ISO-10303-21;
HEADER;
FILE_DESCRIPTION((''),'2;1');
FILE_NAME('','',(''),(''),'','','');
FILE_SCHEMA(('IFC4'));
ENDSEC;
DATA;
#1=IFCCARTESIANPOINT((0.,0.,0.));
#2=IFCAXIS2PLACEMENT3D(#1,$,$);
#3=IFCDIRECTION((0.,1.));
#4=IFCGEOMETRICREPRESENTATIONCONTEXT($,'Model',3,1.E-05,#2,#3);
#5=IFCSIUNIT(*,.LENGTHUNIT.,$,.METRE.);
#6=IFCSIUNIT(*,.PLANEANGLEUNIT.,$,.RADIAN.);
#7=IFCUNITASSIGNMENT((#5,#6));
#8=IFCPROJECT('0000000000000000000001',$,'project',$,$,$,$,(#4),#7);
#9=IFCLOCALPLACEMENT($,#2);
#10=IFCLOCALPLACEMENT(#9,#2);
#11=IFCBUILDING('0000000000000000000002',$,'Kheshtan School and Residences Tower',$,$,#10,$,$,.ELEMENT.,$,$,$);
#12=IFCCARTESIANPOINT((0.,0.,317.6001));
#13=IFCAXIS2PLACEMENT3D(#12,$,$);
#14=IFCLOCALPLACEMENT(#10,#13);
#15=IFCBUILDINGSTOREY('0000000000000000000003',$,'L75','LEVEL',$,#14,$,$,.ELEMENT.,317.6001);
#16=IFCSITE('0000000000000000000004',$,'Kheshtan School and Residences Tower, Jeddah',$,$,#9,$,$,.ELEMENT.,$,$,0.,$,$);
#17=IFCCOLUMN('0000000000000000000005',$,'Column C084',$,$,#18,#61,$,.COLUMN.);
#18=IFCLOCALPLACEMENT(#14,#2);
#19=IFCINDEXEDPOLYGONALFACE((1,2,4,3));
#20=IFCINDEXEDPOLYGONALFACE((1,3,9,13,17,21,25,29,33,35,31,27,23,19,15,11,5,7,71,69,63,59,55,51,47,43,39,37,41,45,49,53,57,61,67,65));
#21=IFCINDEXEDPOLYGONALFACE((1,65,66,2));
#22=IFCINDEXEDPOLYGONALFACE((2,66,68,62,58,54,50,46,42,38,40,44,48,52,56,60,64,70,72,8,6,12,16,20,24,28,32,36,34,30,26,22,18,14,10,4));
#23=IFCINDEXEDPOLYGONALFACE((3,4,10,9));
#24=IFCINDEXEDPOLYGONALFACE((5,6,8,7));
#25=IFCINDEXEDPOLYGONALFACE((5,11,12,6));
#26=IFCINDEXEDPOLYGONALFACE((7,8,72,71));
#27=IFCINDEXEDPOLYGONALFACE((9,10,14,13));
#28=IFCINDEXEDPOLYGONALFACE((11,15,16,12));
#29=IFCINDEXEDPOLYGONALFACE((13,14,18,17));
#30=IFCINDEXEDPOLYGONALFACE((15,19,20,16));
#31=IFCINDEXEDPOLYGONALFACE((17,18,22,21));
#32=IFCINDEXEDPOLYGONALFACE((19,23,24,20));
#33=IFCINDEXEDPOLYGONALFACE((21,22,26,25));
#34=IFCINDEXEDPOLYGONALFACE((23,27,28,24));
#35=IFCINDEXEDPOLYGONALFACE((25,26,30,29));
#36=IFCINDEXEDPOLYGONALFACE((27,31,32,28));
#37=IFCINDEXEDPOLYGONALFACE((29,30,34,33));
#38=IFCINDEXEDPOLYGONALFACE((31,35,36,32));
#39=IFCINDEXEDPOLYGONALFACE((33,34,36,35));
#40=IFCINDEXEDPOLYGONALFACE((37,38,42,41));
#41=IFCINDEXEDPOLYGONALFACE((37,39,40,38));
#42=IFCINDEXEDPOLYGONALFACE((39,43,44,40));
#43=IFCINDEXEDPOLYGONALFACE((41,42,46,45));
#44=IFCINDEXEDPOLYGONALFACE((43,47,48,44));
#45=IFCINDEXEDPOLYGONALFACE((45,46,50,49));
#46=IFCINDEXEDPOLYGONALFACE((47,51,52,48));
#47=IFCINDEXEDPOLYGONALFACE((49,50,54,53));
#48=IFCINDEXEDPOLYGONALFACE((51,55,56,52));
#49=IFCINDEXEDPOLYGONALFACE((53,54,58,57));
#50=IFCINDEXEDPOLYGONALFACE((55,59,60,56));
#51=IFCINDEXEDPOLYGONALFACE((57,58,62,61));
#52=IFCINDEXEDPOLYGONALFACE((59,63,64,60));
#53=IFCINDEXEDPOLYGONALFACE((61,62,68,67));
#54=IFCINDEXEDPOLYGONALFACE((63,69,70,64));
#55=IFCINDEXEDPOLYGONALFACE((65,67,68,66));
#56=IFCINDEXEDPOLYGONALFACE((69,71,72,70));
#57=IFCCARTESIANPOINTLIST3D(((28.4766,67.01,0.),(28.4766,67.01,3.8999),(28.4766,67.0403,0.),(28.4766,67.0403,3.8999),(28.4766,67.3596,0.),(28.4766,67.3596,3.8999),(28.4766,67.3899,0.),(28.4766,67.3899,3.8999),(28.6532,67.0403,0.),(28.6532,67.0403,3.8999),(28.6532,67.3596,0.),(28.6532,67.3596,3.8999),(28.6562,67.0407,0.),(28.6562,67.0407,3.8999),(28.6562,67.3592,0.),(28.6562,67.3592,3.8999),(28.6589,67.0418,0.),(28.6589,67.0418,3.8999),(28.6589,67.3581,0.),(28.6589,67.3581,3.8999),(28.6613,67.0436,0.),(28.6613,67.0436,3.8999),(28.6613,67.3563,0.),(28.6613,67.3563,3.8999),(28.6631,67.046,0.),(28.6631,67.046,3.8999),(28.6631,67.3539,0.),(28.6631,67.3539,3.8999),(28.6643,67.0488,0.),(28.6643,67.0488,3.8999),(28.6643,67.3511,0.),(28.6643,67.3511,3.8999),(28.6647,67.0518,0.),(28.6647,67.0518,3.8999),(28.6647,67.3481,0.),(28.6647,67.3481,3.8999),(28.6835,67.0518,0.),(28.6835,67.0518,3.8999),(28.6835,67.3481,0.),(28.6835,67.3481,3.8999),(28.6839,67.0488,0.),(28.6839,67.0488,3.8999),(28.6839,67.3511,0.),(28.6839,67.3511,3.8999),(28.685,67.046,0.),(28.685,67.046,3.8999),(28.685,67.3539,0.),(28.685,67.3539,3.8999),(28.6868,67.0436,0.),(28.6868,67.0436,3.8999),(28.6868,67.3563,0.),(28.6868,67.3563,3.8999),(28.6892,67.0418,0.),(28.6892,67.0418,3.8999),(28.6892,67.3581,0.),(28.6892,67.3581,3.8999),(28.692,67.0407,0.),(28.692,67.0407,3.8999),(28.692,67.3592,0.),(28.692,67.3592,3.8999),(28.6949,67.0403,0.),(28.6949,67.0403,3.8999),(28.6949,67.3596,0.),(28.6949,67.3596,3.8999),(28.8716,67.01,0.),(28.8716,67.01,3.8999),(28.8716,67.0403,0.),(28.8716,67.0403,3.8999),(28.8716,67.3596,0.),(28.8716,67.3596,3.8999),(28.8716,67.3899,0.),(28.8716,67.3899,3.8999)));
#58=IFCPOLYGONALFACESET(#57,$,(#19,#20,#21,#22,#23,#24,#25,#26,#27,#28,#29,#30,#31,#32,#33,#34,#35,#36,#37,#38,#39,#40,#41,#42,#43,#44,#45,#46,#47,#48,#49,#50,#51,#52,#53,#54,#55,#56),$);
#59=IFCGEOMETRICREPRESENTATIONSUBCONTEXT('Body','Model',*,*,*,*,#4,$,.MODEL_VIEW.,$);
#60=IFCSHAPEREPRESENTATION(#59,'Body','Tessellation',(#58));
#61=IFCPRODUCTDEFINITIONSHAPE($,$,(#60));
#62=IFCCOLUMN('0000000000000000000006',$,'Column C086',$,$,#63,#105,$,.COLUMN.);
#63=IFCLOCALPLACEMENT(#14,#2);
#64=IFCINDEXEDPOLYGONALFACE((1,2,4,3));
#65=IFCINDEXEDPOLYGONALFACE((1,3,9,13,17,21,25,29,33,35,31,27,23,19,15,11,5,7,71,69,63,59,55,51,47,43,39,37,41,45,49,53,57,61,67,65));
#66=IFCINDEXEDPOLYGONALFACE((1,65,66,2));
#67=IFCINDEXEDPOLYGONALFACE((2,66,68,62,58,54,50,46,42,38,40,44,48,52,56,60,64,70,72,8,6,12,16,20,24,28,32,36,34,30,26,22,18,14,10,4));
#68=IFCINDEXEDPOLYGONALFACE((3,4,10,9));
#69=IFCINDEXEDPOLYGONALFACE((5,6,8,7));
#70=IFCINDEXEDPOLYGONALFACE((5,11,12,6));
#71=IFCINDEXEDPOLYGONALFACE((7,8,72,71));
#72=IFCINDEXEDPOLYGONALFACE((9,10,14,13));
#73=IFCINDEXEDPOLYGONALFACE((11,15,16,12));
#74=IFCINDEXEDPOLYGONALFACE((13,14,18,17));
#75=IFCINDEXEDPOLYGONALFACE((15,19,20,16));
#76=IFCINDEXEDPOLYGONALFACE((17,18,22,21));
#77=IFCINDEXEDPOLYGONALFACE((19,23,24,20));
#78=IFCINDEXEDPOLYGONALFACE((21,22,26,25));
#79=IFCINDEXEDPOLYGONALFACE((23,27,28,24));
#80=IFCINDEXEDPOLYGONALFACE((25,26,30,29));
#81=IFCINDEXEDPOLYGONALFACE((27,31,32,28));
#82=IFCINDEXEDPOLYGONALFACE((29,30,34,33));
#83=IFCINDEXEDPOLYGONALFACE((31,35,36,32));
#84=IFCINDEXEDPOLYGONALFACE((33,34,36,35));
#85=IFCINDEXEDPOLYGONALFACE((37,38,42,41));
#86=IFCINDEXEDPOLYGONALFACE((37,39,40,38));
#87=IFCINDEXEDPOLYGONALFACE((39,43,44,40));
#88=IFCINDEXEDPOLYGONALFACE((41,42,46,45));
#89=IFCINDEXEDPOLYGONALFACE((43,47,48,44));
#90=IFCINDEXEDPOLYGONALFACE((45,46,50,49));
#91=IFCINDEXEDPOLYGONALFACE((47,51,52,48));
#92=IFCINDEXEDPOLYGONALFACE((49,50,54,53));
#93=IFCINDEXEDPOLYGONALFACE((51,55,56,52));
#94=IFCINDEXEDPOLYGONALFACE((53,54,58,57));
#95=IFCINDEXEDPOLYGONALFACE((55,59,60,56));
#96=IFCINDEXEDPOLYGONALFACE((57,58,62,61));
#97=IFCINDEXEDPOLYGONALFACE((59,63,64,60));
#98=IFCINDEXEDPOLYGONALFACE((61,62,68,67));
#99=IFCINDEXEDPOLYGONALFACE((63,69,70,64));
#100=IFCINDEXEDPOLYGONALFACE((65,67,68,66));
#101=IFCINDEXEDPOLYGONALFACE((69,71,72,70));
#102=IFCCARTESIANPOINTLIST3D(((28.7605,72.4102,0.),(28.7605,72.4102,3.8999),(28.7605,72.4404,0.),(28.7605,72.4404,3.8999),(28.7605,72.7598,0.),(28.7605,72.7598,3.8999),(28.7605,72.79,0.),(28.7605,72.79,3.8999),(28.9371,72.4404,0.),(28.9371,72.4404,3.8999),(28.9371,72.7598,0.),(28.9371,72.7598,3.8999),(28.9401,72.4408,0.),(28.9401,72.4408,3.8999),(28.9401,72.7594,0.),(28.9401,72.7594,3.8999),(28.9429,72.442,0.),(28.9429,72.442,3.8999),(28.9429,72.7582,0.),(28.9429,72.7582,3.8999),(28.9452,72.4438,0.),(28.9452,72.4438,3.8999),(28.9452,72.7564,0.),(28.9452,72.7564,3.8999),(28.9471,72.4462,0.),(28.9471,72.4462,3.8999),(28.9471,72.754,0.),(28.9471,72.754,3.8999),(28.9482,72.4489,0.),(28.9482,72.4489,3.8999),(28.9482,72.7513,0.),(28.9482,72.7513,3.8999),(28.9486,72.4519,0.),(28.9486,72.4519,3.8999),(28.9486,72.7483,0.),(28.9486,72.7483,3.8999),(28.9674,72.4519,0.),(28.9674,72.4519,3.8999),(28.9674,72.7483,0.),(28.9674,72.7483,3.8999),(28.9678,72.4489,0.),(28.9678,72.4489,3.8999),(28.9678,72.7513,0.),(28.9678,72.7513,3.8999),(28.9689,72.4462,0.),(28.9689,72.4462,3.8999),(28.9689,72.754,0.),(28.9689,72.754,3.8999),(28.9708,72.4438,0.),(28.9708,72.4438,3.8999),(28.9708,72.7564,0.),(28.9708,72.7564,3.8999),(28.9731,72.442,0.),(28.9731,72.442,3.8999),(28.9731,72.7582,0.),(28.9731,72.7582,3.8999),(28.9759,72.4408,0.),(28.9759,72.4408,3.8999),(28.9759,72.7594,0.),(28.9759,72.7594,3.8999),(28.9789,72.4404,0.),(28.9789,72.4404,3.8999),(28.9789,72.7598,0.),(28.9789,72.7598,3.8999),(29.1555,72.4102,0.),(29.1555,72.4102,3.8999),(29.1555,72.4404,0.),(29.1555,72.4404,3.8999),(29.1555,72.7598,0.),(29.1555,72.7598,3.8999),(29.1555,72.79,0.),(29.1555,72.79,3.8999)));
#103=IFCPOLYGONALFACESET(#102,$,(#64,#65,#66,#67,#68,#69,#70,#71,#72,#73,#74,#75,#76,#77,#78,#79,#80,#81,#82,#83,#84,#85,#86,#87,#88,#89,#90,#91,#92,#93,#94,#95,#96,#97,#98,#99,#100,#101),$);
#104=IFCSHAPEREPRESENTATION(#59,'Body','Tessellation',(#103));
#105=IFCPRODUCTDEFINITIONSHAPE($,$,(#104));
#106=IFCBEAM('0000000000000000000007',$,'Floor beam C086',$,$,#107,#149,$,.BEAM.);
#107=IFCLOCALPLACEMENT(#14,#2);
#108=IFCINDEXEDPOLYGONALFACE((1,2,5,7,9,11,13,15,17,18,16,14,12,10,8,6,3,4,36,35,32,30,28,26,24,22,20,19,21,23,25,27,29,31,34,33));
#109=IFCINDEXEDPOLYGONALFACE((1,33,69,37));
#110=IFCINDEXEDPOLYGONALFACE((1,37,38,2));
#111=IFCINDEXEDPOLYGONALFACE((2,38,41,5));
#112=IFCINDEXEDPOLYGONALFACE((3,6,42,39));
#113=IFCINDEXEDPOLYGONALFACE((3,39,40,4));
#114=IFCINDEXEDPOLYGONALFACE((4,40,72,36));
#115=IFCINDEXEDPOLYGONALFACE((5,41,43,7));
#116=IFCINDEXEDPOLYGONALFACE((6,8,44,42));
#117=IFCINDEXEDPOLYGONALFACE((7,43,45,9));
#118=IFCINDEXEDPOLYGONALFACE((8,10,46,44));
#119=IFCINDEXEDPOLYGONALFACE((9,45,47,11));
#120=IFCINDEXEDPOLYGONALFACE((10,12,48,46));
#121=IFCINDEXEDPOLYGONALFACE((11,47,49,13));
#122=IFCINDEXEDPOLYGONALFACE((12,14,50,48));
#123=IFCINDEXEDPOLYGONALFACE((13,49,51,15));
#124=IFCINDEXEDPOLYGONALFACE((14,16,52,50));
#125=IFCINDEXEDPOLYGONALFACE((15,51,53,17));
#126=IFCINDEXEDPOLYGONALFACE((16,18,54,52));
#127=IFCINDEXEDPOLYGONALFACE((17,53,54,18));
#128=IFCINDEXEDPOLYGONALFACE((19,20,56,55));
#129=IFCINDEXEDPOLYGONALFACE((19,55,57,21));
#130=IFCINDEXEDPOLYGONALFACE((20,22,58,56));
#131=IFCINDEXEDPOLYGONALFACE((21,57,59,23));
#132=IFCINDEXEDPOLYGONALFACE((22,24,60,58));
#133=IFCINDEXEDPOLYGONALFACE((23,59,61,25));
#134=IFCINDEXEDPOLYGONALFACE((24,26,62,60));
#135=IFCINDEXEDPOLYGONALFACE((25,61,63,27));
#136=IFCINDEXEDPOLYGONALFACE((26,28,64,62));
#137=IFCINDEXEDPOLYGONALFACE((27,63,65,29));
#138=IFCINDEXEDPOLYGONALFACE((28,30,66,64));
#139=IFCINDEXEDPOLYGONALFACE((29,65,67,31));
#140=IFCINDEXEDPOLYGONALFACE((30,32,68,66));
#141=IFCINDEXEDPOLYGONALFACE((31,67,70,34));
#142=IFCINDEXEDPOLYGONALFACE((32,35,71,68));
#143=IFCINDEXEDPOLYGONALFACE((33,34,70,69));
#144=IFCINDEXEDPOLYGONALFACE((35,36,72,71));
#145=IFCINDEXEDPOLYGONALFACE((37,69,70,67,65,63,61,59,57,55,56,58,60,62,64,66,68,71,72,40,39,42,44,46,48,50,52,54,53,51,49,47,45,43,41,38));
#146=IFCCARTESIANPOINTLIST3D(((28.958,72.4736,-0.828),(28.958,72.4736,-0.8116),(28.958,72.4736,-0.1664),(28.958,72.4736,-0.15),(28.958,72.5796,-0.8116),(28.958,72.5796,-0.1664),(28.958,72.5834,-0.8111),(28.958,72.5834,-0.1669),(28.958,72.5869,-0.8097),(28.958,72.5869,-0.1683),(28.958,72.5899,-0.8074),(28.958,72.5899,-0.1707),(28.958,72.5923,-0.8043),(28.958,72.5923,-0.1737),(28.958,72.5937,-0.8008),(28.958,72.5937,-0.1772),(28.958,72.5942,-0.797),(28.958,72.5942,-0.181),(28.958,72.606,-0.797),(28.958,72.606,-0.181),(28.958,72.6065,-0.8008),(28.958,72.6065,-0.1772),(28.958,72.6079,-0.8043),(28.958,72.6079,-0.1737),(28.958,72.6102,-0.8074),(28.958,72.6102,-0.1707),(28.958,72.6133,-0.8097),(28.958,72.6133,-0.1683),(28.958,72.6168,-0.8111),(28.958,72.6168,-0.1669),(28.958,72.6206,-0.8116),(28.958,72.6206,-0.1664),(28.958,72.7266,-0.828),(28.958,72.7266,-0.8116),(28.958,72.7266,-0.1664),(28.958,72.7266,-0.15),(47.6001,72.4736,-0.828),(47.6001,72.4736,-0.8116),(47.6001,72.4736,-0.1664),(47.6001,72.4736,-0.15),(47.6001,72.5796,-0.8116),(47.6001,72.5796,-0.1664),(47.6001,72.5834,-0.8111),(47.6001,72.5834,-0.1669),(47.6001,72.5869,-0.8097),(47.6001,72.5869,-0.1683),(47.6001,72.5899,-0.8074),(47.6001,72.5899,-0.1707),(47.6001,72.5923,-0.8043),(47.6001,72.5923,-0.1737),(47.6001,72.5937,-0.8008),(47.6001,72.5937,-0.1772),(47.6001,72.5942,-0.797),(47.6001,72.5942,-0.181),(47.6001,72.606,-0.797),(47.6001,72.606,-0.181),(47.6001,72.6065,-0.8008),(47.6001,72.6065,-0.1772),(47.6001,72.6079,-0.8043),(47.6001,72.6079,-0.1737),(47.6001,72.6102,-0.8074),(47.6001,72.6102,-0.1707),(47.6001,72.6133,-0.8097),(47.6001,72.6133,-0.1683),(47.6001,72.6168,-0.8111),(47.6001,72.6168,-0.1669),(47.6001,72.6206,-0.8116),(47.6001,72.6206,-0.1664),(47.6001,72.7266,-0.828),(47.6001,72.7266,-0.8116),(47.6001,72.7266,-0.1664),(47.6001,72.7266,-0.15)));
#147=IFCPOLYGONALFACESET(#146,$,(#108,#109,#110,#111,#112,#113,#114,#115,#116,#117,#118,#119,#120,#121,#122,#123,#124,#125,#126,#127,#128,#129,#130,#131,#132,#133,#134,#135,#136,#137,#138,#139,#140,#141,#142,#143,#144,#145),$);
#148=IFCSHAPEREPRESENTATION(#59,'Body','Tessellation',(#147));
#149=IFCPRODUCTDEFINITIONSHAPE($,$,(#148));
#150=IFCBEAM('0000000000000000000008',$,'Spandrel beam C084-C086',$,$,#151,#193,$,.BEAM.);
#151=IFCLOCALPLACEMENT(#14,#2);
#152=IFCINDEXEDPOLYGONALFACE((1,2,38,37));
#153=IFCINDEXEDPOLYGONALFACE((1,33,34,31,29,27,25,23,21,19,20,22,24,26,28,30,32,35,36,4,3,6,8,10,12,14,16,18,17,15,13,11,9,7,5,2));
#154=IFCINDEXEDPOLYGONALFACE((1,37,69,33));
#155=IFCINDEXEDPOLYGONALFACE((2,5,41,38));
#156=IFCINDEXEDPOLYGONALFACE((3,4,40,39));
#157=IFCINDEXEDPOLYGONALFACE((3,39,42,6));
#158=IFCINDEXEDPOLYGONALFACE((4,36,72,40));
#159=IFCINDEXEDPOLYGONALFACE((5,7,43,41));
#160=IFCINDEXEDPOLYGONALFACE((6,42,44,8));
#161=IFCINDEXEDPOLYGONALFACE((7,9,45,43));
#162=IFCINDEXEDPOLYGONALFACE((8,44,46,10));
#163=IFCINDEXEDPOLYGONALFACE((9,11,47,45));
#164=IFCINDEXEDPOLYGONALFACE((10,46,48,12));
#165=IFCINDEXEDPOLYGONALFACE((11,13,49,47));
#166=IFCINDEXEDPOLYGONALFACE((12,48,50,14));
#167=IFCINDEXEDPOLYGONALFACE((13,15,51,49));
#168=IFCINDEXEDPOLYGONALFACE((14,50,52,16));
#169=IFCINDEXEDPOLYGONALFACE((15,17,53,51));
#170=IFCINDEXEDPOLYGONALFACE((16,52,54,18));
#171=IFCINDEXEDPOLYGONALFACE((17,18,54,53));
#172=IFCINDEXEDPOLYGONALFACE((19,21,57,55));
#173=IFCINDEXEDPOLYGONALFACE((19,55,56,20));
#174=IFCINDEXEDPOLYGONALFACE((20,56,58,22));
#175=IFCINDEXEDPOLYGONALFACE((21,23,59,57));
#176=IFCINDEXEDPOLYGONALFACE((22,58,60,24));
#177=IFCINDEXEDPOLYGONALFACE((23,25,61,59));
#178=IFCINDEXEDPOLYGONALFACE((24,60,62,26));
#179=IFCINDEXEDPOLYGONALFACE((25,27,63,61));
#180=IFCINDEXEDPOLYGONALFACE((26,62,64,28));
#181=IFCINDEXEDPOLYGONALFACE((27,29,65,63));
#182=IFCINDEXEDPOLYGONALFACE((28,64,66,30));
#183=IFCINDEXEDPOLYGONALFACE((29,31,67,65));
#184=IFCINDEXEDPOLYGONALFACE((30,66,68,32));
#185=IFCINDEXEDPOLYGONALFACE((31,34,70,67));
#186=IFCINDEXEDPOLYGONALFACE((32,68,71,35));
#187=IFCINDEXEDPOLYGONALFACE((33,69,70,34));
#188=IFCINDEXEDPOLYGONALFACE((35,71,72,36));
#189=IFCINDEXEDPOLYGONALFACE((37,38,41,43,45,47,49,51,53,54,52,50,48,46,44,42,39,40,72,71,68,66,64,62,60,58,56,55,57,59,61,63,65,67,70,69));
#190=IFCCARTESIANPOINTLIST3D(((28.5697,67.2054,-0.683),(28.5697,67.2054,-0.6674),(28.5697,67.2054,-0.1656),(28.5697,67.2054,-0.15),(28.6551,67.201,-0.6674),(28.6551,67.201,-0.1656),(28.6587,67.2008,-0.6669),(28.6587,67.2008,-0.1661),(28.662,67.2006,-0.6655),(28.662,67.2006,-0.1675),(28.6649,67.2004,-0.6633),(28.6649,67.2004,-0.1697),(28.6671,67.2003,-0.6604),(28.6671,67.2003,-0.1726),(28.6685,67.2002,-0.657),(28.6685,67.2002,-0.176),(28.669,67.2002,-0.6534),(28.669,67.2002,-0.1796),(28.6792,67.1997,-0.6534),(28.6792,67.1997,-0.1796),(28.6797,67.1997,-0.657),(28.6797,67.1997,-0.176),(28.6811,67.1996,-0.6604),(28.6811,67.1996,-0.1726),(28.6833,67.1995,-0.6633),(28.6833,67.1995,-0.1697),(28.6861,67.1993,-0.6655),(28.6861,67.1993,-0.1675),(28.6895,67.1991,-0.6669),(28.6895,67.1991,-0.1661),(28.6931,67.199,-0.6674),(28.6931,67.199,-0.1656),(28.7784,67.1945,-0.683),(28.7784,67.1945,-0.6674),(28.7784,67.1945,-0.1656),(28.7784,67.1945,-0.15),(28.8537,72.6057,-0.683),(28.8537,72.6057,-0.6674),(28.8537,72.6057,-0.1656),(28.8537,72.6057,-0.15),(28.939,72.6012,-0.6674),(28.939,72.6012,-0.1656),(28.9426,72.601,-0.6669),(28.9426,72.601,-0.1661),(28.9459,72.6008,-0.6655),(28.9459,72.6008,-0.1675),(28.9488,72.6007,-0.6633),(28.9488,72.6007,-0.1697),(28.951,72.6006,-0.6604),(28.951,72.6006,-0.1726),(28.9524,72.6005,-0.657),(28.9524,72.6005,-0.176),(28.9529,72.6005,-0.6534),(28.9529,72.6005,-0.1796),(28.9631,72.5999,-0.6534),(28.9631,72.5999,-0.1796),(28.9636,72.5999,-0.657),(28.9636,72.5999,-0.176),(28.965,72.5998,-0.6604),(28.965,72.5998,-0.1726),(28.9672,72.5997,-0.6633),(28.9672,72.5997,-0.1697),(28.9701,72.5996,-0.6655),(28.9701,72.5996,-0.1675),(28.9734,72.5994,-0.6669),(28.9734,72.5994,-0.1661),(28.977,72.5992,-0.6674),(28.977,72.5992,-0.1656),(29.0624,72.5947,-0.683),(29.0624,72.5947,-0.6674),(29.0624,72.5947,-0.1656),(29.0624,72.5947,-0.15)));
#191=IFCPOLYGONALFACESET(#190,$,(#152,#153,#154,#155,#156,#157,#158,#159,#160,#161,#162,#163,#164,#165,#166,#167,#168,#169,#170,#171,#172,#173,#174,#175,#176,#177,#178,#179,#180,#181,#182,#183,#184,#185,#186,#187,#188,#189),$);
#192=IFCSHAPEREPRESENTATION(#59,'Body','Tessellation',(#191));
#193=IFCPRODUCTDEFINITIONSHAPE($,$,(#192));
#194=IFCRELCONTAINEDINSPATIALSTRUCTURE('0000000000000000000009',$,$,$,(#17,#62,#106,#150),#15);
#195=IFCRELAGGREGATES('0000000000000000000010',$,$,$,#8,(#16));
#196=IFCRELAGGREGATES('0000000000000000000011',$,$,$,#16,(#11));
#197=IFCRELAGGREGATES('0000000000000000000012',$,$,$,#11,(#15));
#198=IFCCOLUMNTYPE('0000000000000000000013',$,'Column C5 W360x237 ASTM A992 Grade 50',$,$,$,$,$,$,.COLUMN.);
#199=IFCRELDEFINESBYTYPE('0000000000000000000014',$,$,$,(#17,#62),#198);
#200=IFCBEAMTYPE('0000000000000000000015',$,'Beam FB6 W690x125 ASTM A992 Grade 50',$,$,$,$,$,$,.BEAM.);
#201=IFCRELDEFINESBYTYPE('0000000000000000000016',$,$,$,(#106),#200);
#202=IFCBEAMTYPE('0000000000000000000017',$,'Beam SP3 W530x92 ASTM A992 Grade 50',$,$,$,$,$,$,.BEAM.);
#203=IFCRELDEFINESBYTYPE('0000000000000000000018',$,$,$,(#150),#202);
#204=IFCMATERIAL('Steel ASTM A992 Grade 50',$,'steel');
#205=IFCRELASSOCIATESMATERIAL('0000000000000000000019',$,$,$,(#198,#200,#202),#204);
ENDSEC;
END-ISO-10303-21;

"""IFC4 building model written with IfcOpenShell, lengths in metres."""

from ifc_helpers import new_model, si_unit, direction, frame, origin, origin_2d, place, context, subcontext, project, spatial, i_section, extrude, material, material_profile, profile_set, type_object, element, save


model = new_model("IFC4")

# Units and contexts
model_context = context("Model", 3, precision=1e-05, world=origin(), true_north=direction((0.0, 1.0)))
body_context = subcontext(model_context, "Body", "Model", "MODEL_VIEW")
ifc_project = project(units=[si_unit("LENGTHUNIT", "METRE"), si_unit("PLANEANGLEUNIT", "RADIAN")], contexts=[model_context])

# Site, building, storey
site_placement = place(None, origin())
site = spatial("IfcSite", under=ifc_project, at=site_placement, Name="Kheshtan School and Residences Tower, Jeddah", CompositionType="ELEMENT", RefElevation=0.0)
building_placement = place(site_placement, origin())
building = spatial("IfcBuilding", under=site, at=building_placement, Name="Kheshtan School and Residences Tower", CompositionType="ELEMENT")
storey_placement = place(building_placement, frame((0.0, 0.0, 317.6001)))
storey = spatial("IfcBuildingStorey", under=building, at=storey_placement, Name="L75", Description="LEVEL", CompositionType="ELEMENT", Elevation=317.6001)

# Columns
ifc_material_1 = material(Name="Steel ASTM A992 Grade 50", Category="steel")
ifc_material_profile_1 = material_profile(ifc_material_1, i_section(OverallWidth=0.395, OverallDepth=0.3799, WebThickness=0.0188, FlangeThickness=0.0303, FilletRadius=0.0115, at=origin_2d()), Name="W360x237")
ifc_profile_set_1 = profile_set([ifc_material_profile_1], Name="Steel ASTM A992 Grade 50")
column_type = type_object("IfcColumnType", Name="Column C5 W360x237 ASTM A992 Grade 50", PredefinedType="COLUMN", material=ifc_profile_set_1)
for number, where, z_axis, x_axis, name in (
    (1, (28.6741, 67.2, 0.0), (0.0, 0.0, 1.0), (1.0, 0.0, 0.0), "Column C084"),
    (2, (28.958, 72.6001, 0.0), (0.0, 0.0, 1.0), (1.0, 0.0, 0.0), "Column C086"),
):
    element("IfcColumn", number, at=place(storey_placement, frame(where, z_axis=z_axis, x_axis=x_axis)), inside=storey, type_object=column_type, Name=name, PredefinedType="COLUMN", context=body_context, shape_type="SweptSolid", body=[
        extrude(i_section(OverallWidth=0.395, OverallDepth=0.3799, WebThickness=0.0188, FlangeThickness=0.0303, FilletRadius=0.0115, at=origin_2d()), origin(), (0.0, 0.0, 1.0), 3.8999),
    ])

# Beams
ifc_material_profile_2 = material_profile(ifc_material_1, i_section(OverallWidth=0.2529, OverallDepth=0.678, WebThickness=0.0117, FlangeThickness=0.0164, FilletRadius=0.0146, at=origin_2d()), Name="W690x125")
ifc_profile_set_2 = profile_set([ifc_material_profile_2], Name="Steel ASTM A992 Grade 50")
beam_type_1 = type_object("IfcBeamType", Name="Beam FB6 W690x125 ASTM A992 Grade 50", PredefinedType="BEAM", material=ifc_profile_set_2)
beam_1_placement = place(storey_placement, frame((28.958, 72.6001, -0.489), z_axis=(1.0, 0.0, 0.0), x_axis=(0.0, 1.0, 0.0)))
element("IfcBeam", 3, at=beam_1_placement, inside=storey, type_object=beam_type_1, Name="Floor beam C086", PredefinedType="BEAM", context=body_context, shape_type="SweptSolid", body=[
    extrude(i_section(OverallWidth=0.2529, OverallDepth=0.678, WebThickness=0.0117, FlangeThickness=0.0164, FilletRadius=0.0146, at=origin_2d()), origin(), (0.0, 0.0, 1.0), 18.6421),
])
ifc_material_profile_3 = material_profile(ifc_material_1, i_section(OverallWidth=0.209, OverallDepth=0.533, WebThickness=0.0103, FlangeThickness=0.0156, FilletRadius=0.0139, at=origin_2d()), Name="W530x92")
ifc_profile_set_3 = profile_set([ifc_material_profile_3], Name="Steel ASTM A992 Grade 50")
beam_type_2 = type_object("IfcBeamType", Name="Beam SP3 W530x92 ASTM A992 Grade 50", PredefinedType="BEAM", material=ifc_profile_set_3)
beam_2_placement = place(storey_placement, frame((28.6741, 67.2, -0.4165), z_axis=(0.052507, 0.998621, 0.0), x_axis=(-0.998621, 0.052507, 0.0)))
element("IfcBeam", 4, at=beam_2_placement, inside=storey, type_object=beam_type_2, Name="Spandrel beam C084-C086", PredefinedType="BEAM", context=body_context, shape_type="SweptSolid", body=[
    extrude(i_section(OverallWidth=0.209, OverallDepth=0.533, WebThickness=0.0103, FlangeThickness=0.0156, FilletRadius=0.0139, at=origin_2d()), origin(), (0.0, 0.0, 1.0), 5.4077),
])

save(model, "model.ifc")
